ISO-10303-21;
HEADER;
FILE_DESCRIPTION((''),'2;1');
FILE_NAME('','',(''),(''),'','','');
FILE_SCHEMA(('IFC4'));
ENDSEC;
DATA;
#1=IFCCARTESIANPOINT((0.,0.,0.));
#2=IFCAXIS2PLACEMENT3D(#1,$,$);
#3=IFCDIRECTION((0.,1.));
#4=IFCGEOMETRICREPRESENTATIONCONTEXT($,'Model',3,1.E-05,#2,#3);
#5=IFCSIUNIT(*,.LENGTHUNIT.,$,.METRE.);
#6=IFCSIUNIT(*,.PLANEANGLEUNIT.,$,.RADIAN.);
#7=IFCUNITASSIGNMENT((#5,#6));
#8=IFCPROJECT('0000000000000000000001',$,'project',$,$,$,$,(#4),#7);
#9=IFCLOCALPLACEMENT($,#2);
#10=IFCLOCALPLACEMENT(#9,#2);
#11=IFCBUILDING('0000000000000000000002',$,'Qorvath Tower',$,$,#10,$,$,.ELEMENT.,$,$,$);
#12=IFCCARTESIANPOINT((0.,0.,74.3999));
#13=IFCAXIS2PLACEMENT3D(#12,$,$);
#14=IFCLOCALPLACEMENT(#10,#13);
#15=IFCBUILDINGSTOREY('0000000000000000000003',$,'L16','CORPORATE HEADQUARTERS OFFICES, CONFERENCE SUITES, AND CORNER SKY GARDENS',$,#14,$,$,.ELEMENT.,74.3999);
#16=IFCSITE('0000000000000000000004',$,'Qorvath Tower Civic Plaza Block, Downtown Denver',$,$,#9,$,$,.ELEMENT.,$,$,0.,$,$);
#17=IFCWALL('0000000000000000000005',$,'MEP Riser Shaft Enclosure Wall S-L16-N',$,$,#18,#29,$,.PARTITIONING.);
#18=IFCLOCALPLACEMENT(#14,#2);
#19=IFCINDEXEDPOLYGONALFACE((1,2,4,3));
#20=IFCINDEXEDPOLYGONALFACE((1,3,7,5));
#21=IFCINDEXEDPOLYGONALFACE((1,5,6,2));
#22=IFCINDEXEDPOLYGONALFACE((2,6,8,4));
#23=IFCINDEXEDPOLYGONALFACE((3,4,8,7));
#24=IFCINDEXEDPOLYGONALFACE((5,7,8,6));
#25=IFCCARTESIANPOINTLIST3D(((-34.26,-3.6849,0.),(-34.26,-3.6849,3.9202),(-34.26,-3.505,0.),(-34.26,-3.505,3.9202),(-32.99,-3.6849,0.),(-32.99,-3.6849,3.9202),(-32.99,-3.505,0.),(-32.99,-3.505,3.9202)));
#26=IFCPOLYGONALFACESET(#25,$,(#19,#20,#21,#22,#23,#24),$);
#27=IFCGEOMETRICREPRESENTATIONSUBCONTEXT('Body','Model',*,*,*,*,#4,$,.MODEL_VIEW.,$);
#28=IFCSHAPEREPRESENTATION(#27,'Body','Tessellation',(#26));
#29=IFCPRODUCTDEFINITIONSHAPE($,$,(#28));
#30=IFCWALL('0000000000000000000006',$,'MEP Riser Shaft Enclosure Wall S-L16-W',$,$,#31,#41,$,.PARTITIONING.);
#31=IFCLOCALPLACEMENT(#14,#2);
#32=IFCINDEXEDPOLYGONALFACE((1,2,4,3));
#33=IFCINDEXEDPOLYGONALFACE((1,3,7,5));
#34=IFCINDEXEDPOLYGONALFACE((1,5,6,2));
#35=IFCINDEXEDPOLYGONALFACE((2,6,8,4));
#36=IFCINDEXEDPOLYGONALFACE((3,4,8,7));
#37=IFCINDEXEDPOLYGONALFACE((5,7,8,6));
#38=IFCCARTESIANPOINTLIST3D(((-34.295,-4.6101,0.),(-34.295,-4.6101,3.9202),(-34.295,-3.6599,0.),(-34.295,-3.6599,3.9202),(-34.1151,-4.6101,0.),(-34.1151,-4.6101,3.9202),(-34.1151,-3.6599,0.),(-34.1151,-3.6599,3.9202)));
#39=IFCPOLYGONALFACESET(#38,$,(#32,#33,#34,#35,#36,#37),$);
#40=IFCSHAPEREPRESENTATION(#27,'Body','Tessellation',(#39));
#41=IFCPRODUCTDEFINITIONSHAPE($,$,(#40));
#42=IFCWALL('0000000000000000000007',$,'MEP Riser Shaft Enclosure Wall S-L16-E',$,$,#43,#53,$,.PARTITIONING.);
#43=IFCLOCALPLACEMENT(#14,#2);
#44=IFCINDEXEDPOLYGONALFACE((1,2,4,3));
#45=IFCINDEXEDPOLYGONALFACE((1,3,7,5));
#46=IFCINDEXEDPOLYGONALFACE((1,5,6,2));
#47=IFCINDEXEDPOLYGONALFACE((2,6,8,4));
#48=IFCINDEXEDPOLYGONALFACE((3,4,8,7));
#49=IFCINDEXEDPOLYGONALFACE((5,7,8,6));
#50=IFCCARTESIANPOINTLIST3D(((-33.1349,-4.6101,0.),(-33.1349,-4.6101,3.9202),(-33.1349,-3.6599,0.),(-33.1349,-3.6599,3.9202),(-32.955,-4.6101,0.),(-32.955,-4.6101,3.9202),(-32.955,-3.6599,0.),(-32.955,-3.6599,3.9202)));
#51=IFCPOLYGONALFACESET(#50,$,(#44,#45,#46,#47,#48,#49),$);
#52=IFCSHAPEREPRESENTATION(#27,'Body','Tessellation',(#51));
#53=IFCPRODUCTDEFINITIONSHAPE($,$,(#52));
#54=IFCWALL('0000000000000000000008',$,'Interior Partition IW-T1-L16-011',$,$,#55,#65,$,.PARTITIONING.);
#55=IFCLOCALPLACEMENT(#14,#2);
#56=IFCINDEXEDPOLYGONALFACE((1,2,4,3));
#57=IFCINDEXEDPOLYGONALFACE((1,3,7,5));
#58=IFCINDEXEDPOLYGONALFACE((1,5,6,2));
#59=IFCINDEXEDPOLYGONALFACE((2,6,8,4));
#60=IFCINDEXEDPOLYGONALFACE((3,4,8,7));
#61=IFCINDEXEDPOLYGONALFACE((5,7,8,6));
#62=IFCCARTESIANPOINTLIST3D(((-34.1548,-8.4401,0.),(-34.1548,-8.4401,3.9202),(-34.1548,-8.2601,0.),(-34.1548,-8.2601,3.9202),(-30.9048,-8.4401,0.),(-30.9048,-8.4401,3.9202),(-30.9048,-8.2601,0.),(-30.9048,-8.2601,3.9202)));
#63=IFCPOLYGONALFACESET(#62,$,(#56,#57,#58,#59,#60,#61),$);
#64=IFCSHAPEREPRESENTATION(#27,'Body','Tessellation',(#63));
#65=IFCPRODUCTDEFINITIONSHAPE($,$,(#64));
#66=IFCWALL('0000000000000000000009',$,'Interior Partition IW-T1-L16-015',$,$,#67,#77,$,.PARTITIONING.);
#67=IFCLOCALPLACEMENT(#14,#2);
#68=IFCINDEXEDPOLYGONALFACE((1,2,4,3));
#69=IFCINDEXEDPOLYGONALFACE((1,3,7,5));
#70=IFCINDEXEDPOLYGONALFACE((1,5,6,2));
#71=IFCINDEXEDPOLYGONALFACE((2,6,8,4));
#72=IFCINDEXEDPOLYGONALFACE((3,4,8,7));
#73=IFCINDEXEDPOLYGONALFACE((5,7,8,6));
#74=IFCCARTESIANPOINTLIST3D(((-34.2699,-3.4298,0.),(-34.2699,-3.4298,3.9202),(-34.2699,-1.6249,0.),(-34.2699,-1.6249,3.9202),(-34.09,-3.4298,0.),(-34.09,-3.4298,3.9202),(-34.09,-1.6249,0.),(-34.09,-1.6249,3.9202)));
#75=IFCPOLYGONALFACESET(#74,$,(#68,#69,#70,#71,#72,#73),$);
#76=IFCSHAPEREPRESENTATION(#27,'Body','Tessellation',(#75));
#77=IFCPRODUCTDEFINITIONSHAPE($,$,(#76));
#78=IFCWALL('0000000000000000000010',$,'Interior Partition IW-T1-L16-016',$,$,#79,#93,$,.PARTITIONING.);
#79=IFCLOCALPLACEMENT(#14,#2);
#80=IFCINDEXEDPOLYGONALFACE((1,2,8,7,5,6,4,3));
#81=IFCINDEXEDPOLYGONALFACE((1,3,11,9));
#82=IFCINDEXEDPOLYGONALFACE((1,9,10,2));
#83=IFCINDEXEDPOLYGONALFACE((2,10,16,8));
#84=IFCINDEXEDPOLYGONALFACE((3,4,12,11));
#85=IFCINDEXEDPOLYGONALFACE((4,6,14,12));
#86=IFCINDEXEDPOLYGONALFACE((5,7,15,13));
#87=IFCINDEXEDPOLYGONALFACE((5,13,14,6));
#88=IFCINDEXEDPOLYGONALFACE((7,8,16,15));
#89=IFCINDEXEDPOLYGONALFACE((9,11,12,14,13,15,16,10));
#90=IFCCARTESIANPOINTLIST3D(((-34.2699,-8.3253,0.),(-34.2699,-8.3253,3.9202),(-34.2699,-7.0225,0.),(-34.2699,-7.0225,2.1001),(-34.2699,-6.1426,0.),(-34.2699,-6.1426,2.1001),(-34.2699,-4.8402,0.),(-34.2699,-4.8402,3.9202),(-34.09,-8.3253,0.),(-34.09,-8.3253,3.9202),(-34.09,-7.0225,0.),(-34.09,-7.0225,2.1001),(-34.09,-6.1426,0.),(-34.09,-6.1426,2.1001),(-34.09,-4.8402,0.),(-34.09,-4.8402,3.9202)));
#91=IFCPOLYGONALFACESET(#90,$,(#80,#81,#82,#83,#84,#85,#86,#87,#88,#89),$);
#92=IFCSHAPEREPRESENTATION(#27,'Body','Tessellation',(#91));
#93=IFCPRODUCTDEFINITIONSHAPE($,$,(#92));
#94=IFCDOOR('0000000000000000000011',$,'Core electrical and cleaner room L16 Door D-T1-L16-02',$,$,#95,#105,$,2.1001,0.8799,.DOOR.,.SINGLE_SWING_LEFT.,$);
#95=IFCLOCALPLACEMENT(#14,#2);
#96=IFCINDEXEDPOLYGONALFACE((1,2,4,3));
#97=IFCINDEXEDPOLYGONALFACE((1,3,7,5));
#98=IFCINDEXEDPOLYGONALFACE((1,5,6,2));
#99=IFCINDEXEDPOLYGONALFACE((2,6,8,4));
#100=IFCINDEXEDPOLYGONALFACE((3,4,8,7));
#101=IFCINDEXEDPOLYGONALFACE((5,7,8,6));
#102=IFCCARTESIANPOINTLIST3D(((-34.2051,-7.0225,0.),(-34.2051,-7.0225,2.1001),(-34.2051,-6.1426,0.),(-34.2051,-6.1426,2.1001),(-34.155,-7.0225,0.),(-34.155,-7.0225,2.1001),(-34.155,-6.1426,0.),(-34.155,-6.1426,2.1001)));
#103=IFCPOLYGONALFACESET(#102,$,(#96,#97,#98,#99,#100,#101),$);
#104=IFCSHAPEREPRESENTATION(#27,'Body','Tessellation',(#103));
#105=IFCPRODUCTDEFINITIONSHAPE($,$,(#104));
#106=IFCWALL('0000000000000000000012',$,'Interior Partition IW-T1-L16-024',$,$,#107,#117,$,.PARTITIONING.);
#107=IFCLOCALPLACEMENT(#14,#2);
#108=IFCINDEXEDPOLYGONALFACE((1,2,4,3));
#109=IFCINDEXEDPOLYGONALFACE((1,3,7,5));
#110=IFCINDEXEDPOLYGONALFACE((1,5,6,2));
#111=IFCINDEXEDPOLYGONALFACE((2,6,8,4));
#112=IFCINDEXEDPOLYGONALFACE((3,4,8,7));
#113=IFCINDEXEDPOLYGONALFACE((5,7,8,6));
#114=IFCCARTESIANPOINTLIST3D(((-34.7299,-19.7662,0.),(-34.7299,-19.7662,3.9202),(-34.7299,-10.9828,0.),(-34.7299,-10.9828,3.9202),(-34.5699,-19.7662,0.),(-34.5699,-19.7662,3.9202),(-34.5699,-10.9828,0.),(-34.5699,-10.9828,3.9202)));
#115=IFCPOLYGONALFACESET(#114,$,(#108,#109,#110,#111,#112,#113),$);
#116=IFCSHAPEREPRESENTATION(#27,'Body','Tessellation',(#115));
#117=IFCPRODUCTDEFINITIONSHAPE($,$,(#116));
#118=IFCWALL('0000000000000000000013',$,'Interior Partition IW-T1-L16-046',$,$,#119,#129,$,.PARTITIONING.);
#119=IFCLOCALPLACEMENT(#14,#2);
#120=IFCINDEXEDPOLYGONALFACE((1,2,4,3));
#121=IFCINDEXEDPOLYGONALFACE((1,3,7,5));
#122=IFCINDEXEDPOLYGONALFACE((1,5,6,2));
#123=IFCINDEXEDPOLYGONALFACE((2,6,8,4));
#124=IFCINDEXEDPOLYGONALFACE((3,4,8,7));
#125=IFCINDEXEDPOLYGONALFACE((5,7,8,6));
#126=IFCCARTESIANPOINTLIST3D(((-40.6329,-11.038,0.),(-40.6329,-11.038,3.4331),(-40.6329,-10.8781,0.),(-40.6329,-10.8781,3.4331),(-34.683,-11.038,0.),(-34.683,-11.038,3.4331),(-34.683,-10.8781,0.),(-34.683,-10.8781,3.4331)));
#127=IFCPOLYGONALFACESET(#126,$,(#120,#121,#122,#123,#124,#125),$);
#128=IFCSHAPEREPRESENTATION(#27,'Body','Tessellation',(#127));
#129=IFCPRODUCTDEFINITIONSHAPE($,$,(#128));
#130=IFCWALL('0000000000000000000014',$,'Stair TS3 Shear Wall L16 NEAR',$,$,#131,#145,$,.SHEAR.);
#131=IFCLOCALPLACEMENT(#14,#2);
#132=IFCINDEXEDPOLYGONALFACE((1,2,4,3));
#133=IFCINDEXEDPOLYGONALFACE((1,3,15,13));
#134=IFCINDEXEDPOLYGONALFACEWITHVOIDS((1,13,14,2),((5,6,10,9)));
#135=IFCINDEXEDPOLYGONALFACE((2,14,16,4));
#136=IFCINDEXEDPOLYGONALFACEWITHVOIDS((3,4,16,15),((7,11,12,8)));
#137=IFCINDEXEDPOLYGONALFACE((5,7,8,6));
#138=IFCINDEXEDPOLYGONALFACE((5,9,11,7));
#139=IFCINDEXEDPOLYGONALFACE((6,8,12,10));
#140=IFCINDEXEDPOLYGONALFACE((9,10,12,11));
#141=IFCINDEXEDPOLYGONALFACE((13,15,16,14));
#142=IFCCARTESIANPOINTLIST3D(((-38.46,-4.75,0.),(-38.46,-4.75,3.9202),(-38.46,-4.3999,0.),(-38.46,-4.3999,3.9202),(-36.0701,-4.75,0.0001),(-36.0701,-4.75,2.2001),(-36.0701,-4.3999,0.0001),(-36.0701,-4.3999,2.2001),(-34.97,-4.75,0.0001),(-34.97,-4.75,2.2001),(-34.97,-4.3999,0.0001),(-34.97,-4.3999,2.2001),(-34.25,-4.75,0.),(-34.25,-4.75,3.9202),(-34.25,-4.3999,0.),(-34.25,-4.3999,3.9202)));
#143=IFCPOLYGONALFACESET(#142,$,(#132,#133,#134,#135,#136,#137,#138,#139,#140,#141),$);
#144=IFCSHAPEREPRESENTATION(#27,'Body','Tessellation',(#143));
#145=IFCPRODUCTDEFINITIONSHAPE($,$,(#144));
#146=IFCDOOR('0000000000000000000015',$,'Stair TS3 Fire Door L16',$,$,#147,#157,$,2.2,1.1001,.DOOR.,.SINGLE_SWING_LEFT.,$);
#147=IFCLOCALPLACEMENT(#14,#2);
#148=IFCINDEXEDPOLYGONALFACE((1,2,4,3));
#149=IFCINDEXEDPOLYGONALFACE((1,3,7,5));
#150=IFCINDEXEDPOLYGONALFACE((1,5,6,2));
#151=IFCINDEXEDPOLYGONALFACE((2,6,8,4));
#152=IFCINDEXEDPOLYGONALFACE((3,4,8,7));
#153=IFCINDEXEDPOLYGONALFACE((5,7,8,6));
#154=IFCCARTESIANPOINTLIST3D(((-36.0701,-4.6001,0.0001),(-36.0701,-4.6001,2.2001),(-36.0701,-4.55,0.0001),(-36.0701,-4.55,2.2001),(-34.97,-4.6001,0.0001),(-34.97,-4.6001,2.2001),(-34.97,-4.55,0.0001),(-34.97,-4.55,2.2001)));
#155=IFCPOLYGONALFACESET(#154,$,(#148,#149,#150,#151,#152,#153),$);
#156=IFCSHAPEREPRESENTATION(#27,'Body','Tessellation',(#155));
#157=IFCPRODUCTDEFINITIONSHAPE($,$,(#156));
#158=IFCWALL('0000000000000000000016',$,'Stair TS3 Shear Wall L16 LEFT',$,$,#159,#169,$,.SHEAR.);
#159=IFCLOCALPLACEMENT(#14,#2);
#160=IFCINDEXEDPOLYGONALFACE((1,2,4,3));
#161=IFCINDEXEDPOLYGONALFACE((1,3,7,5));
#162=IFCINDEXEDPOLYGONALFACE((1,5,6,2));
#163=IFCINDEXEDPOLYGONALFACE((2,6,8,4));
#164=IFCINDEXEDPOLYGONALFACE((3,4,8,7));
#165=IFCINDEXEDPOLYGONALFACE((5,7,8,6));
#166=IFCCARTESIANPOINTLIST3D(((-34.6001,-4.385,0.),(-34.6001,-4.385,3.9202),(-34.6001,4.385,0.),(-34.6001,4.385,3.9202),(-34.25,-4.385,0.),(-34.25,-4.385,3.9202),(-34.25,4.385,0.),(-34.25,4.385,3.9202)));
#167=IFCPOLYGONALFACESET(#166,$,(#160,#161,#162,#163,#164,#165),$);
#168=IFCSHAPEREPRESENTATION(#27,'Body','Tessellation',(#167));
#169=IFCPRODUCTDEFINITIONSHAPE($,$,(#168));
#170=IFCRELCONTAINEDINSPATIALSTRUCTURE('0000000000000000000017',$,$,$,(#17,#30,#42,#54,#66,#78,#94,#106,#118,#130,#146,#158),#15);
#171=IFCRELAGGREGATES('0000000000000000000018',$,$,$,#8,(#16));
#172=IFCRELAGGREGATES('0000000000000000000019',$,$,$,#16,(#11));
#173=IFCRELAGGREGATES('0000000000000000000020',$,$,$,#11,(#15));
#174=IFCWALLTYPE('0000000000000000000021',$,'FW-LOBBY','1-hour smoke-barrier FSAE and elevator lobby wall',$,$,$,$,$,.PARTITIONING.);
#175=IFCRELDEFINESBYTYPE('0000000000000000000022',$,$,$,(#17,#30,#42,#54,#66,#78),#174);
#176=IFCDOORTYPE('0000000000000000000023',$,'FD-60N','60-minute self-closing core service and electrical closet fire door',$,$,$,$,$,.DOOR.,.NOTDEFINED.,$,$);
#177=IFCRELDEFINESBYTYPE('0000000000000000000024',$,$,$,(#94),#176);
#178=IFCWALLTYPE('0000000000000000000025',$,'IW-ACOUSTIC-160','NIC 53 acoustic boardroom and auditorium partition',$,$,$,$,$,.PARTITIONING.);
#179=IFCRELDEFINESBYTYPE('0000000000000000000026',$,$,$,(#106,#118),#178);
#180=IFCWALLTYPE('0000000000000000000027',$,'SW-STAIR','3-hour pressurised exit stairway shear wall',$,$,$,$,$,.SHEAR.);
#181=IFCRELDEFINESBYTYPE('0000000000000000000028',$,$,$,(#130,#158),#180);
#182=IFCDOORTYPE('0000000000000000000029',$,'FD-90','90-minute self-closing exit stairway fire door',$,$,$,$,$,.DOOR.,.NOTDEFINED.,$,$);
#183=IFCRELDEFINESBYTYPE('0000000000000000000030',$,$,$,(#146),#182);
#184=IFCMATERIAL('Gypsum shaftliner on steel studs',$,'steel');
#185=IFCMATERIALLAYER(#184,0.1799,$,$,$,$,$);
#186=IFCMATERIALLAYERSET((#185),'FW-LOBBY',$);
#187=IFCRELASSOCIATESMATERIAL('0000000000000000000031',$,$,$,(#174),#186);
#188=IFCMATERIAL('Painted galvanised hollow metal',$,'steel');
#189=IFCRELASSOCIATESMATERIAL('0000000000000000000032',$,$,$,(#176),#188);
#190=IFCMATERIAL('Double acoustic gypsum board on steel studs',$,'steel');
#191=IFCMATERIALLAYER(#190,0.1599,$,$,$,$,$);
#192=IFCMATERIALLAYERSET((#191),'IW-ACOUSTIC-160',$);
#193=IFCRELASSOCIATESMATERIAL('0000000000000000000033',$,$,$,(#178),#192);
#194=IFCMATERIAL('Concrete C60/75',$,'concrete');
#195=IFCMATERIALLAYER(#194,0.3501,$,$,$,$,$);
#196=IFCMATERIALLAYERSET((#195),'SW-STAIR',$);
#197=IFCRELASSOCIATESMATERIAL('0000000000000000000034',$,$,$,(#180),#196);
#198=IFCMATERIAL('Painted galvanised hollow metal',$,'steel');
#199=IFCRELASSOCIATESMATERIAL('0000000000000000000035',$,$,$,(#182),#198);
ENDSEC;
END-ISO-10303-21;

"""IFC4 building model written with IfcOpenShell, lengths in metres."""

from ifc_helpers import new_model, si_unit, direction, frame, frame_2d, origin, place, context, subcontext, project, spatial, rectangle, extrude, material, layer, layer_set, type_object, element, fill, save


model = new_model("IFC4")

# Units and contexts
model_context = context("Model", 3, precision=1e-05, world=origin(), true_north=direction((0.0, 1.0)))
body_context = subcontext(model_context, "Body", "Model", "MODEL_VIEW")
ifc_project = project(units=[si_unit("LENGTHUNIT", "METRE"), si_unit("PLANEANGLEUNIT", "RADIAN")], contexts=[model_context])

# Site, building, storey
site_placement = place(None, origin())
site = spatial("IfcSite", under=ifc_project, at=site_placement, Name="Qorvath Tower Civic Plaza Block, Downtown Denver", CompositionType="ELEMENT", RefElevation=0.0)
building_placement = place(site_placement, origin())
building = spatial("IfcBuilding", under=site, at=building_placement, Name="Qorvath Tower", CompositionType="ELEMENT")
storey_placement = place(building_placement, frame((0.0, 0.0, 74.3999)))
storey = spatial("IfcBuildingStorey", under=building, at=storey_placement, Name="L16", Description="CORPORATE HEADQUARTERS OFFICES, CONFERENCE SUITES, AND CORNER SKY GARDENS", CompositionType="ELEMENT", Elevation=74.3999)

# Walls
ifc_material_1 = material(Name="Gypsum shaftliner on steel studs", Category="steel")
ifc_layer_1 = layer(ifc_material_1, 0.1799)
ifc_layer_set_1 = layer_set([ifc_layer_1], Name="FW-LOBBY")
wall_type_1 = type_object("IfcWallType", Name="FW-LOBBY", Description="1-hour smoke-barrier FSAE and elevator lobby wall", PredefinedType="PARTITIONING", material=ifc_layer_set_1)
for number, where, z_axis, x_axis, name in (
    (1, (-34.26, -3.595, 0.0), (0.0, 0.0, 1.0), (1.0, 0.0, 0.0), "MEP Riser Shaft Enclosure Wall S-L16-N"),
):
    element("IfcWall", number, at=place(storey_placement, frame(where, z_axis=z_axis, x_axis=x_axis)), inside=storey, type_object=wall_type_1, Name=name, PredefinedType="PARTITIONING", context=body_context, shape_type="SweptSolid", body=[
        extrude(rectangle(XDim=1.27, YDim=0.1799, at=frame_2d((0.635, 0.0))), origin(), (0.0, 0.0, 1.0), 3.9202),
    ])
for number, where, z_axis, x_axis, name in (
    (2, (-34.2051, -4.6101, 0.0), (0.0, 0.0, 1.0), (0.0, 1.0, 0.0), "MEP Riser Shaft Enclosure Wall S-L16-W"),
    (3, (-33.0449, -3.6599, 0.0), (0.0, 0.0, 1.0), (0.0, -1.0, 0.0), "MEP Riser Shaft Enclosure Wall S-L16-E"),
):
    element("IfcWall", number, at=place(storey_placement, frame(where, z_axis=z_axis, x_axis=x_axis)), inside=storey, type_object=wall_type_1, Name=name, PredefinedType="PARTITIONING", context=body_context, shape_type="SweptSolid", body=[
        extrude(rectangle(XDim=0.9502, YDim=0.1799, at=frame_2d((0.4751, 0.0))), origin(), (0.0, 0.0, 1.0), 3.9202),
    ])
wall_1_placement = place(storey_placement, frame((-34.1548, -8.3501, 0.0), z_axis=(0.0, 0.0, 1.0), x_axis=(1.0, 0.0, 0.0)))
element("IfcWall", 4, at=wall_1_placement, inside=storey, type_object=wall_type_1, Name="Interior Partition IW-T1-L16-011", PredefinedType="PARTITIONING", context=body_context, shape_type="SweptSolid", body=[
    extrude(rectangle(XDim=3.25, YDim=0.1799, at=frame_2d((1.625, 0.0))), origin(), (0.0, 0.0, 1.0), 3.9202),
])
wall_2_placement = place(storey_placement, frame((-34.1799, -1.625, 0.0), z_axis=(0.0, 0.0, 1.0), x_axis=(0.0, -1.0, 0.0)))
element("IfcWall", 5, at=wall_2_placement, inside=storey, type_object=wall_type_1, Name="Interior Partition IW-T1-L16-015", PredefinedType="PARTITIONING", context=body_context, shape_type="SweptSolid", body=[
    extrude(rectangle(XDim=1.8049, YDim=0.1799, at=frame_2d((0.9023, 0.0))), origin(), (0.0, 0.0, 1.0), 3.9202),
])

# Wall, opening, door
wall_3_placement = place(storey_placement, frame((-34.1799, -4.8401, 0.0), z_axis=(0.0, 0.0, 1.0), x_axis=(0.0, -1.0, 0.0)))
wall_3 = element("IfcWall", 6, at=wall_3_placement, inside=storey, type_object=wall_type_1, Name="Interior Partition IW-T1-L16-016", PredefinedType="PARTITIONING", context=body_context, shape_type="SweptSolid", body=[
    extrude(rectangle(XDim=3.4851, YDim=0.1799, at=frame_2d((1.7427, 0.0))), origin(), (0.0, 0.0, 1.0), 3.9202),
])
opening_1_placement = place(wall_3_placement, frame((1.3025, 0.0, 0.0)))
opening_1 = element("IfcOpeningElement", 7, at=opening_1_placement, cuts=wall_3, PredefinedType="OPENING", context=body_context, shape_type="SweptSolid", body=[
    extrude(rectangle(XDim=0.8799, YDim=2.1001, at=frame_2d((0.4399, 1.05))), frame((0.0, 0.1001, 0.0), z_axis=(0.0, -1.0, 0.0), x_axis=(1.0, 0.0, 0.0)), (0.0, 0.0, 1.0), 0.2),
])
ifc_material_2 = material(Name="Painted galvanised hollow metal", Category="steel")
door_type_1 = type_object("IfcDoorType", Name="FD-60N", Description="60-minute self-closing core service and electrical closet fire door", OperationType="NOTDEFINED", PredefinedType="DOOR", material=ifc_material_2)
door_1_placement = place(opening_1_placement, origin())
door_1 = element("IfcDoor", 8, at=door_1_placement, inside=storey, type_object=door_type_1, Name="Core electrical and cleaner room L16 Door D-T1-L16-02", OperationType="SINGLE_SWING_LEFT", OverallHeight=2.1001, OverallWidth=0.8799, PredefinedType="DOOR", context=body_context, shape_type="SweptSolid", body=[
    extrude(rectangle(XDim=0.8799, YDim=2.1001, at=frame_2d((0.4399, 1.05))), frame((0.0, 0.0249, 0.0), z_axis=(0.0, -1.0, 0.0), x_axis=(1.0, 0.0, 0.0)), (0.0, 0.0, 1.0), 0.05),
])
fill(opening_1, door_1)

# Walls
ifc_material_3 = material(Name="Double acoustic gypsum board on steel studs", Category="steel")
ifc_layer_2 = layer(ifc_material_3, 0.1599)
ifc_layer_set_2 = layer_set([ifc_layer_2], Name="IW-ACOUSTIC-160")
wall_type_2 = type_object("IfcWallType", Name="IW-ACOUSTIC-160", Description="NIC 53 acoustic boardroom and auditorium partition", PredefinedType="PARTITIONING", material=ifc_layer_set_2)
wall_4_placement = place(storey_placement, frame((-34.6499, -10.9829, 0.0), z_axis=(0.0, 0.0, 1.0), x_axis=(0.0, -1.0, 0.0)))
element("IfcWall", 9, at=wall_4_placement, inside=storey, type_object=wall_type_2, Name="Interior Partition IW-T1-L16-024", PredefinedType="PARTITIONING", context=body_context, shape_type="SweptSolid", body=[
    extrude(rectangle(XDim=8.7834, YDim=0.1599, at=frame_2d((4.3916, 0.0))), origin(), (0.0, 0.0, 1.0), 3.9202),
])
wall_5_placement = place(storey_placement, frame((-40.6331, -10.958, 0.0), z_axis=(0.0, 0.0, 1.0), x_axis=(1.0, 0.0, 0.0)))
element("IfcWall", 10, at=wall_5_placement, inside=storey, type_object=wall_type_2, Name="Interior Partition IW-T1-L16-046", PredefinedType="PARTITIONING", context=body_context, shape_type="SweptSolid", body=[
    extrude(rectangle(XDim=5.95, YDim=0.1599, at=frame_2d((2.9751, 0.0))), origin(), (0.0, 0.0, 1.0), 3.4331),
])

# Wall, opening, door
ifc_material_4 = material(Name="Concrete C60/75", Category="concrete")
ifc_layer_3 = layer(ifc_material_4, 0.3501)
ifc_layer_set_3 = layer_set([ifc_layer_3], Name="SW-STAIR")
wall_type_3 = type_object("IfcWallType", Name="SW-STAIR", Description="3-hour pressurised exit stairway shear wall", PredefinedType="SHEAR", material=ifc_layer_set_3)
wall_6_placement = place(storey_placement, frame((-38.46, -4.575, 0.0), z_axis=(0.0, 0.0, 1.0), x_axis=(1.0, 0.0, 0.0)))
wall_6 = element("IfcWall", 11, at=wall_6_placement, inside=storey, type_object=wall_type_3, Name="Stair TS3 Shear Wall L16 NEAR", PredefinedType="SHEAR", context=body_context, shape_type="SweptSolid", body=[
    extrude(rectangle(XDim=4.21, YDim=0.3501, at=frame_2d((2.105, 0.0))), origin(), (0.0, 0.0, 1.0), 3.9202),
])
opening_2_placement = place(wall_6_placement, frame((2.3899, 0.0, 0.0)))
opening_2 = element("IfcOpeningElement", 12, at=opening_2_placement, cuts=wall_6, PredefinedType="OPENING", context=body_context, shape_type="SweptSolid", body=[
    extrude(rectangle(XDim=1.1001, YDim=2.2, at=frame_2d((0.55, 1.1001))), frame((0.0, 0.1851, 0.0), z_axis=(0.0, -1.0, 0.0), x_axis=(1.0, 0.0, 0.0)), (0.0, 0.0, 1.0), 0.3701),
])
ifc_material_5 = material(Name="Painted galvanised hollow metal", Category="steel")
door_type_2 = type_object("IfcDoorType", Name="FD-90", Description="90-minute self-closing exit stairway fire door", OperationType="NOTDEFINED", PredefinedType="DOOR", material=ifc_material_5)
door_2_placement = place(opening_2_placement, origin())
door_2 = element("IfcDoor", 13, at=door_2_placement, inside=storey, type_object=door_type_2, Name="Stair TS3 Fire Door L16", OperationType="SINGLE_SWING_LEFT", OverallHeight=2.2, OverallWidth=1.1001, PredefinedType="DOOR", context=body_context, shape_type="SweptSolid", body=[
    extrude(rectangle(XDim=1.1001, YDim=2.2, at=frame_2d((0.55, 1.1001))), frame((0.0, 0.0249, 0.0), z_axis=(0.0, -1.0, 0.0), x_axis=(1.0, 0.0, 0.0)), (0.0, 0.0, 1.0), 0.05),
])
fill(opening_2, door_2)

# Wall
wall_7_placement = place(storey_placement, frame((-34.425, -4.385, 0.0), z_axis=(0.0, 0.0, 1.0), x_axis=(0.0, 1.0, 0.0)))
element("IfcWall", 14, at=wall_7_placement, inside=storey, type_object=wall_type_3, Name="Stair TS3 Shear Wall L16 LEFT", PredefinedType="SHEAR", context=body_context, shape_type="SweptSolid", body=[
    extrude(rectangle(XDim=8.77, YDim=0.3501, at=frame_2d((4.385, 0.0))), origin(), (0.0, 0.0, 1.0), 3.9202),
])

save(model, "model.ifc")
